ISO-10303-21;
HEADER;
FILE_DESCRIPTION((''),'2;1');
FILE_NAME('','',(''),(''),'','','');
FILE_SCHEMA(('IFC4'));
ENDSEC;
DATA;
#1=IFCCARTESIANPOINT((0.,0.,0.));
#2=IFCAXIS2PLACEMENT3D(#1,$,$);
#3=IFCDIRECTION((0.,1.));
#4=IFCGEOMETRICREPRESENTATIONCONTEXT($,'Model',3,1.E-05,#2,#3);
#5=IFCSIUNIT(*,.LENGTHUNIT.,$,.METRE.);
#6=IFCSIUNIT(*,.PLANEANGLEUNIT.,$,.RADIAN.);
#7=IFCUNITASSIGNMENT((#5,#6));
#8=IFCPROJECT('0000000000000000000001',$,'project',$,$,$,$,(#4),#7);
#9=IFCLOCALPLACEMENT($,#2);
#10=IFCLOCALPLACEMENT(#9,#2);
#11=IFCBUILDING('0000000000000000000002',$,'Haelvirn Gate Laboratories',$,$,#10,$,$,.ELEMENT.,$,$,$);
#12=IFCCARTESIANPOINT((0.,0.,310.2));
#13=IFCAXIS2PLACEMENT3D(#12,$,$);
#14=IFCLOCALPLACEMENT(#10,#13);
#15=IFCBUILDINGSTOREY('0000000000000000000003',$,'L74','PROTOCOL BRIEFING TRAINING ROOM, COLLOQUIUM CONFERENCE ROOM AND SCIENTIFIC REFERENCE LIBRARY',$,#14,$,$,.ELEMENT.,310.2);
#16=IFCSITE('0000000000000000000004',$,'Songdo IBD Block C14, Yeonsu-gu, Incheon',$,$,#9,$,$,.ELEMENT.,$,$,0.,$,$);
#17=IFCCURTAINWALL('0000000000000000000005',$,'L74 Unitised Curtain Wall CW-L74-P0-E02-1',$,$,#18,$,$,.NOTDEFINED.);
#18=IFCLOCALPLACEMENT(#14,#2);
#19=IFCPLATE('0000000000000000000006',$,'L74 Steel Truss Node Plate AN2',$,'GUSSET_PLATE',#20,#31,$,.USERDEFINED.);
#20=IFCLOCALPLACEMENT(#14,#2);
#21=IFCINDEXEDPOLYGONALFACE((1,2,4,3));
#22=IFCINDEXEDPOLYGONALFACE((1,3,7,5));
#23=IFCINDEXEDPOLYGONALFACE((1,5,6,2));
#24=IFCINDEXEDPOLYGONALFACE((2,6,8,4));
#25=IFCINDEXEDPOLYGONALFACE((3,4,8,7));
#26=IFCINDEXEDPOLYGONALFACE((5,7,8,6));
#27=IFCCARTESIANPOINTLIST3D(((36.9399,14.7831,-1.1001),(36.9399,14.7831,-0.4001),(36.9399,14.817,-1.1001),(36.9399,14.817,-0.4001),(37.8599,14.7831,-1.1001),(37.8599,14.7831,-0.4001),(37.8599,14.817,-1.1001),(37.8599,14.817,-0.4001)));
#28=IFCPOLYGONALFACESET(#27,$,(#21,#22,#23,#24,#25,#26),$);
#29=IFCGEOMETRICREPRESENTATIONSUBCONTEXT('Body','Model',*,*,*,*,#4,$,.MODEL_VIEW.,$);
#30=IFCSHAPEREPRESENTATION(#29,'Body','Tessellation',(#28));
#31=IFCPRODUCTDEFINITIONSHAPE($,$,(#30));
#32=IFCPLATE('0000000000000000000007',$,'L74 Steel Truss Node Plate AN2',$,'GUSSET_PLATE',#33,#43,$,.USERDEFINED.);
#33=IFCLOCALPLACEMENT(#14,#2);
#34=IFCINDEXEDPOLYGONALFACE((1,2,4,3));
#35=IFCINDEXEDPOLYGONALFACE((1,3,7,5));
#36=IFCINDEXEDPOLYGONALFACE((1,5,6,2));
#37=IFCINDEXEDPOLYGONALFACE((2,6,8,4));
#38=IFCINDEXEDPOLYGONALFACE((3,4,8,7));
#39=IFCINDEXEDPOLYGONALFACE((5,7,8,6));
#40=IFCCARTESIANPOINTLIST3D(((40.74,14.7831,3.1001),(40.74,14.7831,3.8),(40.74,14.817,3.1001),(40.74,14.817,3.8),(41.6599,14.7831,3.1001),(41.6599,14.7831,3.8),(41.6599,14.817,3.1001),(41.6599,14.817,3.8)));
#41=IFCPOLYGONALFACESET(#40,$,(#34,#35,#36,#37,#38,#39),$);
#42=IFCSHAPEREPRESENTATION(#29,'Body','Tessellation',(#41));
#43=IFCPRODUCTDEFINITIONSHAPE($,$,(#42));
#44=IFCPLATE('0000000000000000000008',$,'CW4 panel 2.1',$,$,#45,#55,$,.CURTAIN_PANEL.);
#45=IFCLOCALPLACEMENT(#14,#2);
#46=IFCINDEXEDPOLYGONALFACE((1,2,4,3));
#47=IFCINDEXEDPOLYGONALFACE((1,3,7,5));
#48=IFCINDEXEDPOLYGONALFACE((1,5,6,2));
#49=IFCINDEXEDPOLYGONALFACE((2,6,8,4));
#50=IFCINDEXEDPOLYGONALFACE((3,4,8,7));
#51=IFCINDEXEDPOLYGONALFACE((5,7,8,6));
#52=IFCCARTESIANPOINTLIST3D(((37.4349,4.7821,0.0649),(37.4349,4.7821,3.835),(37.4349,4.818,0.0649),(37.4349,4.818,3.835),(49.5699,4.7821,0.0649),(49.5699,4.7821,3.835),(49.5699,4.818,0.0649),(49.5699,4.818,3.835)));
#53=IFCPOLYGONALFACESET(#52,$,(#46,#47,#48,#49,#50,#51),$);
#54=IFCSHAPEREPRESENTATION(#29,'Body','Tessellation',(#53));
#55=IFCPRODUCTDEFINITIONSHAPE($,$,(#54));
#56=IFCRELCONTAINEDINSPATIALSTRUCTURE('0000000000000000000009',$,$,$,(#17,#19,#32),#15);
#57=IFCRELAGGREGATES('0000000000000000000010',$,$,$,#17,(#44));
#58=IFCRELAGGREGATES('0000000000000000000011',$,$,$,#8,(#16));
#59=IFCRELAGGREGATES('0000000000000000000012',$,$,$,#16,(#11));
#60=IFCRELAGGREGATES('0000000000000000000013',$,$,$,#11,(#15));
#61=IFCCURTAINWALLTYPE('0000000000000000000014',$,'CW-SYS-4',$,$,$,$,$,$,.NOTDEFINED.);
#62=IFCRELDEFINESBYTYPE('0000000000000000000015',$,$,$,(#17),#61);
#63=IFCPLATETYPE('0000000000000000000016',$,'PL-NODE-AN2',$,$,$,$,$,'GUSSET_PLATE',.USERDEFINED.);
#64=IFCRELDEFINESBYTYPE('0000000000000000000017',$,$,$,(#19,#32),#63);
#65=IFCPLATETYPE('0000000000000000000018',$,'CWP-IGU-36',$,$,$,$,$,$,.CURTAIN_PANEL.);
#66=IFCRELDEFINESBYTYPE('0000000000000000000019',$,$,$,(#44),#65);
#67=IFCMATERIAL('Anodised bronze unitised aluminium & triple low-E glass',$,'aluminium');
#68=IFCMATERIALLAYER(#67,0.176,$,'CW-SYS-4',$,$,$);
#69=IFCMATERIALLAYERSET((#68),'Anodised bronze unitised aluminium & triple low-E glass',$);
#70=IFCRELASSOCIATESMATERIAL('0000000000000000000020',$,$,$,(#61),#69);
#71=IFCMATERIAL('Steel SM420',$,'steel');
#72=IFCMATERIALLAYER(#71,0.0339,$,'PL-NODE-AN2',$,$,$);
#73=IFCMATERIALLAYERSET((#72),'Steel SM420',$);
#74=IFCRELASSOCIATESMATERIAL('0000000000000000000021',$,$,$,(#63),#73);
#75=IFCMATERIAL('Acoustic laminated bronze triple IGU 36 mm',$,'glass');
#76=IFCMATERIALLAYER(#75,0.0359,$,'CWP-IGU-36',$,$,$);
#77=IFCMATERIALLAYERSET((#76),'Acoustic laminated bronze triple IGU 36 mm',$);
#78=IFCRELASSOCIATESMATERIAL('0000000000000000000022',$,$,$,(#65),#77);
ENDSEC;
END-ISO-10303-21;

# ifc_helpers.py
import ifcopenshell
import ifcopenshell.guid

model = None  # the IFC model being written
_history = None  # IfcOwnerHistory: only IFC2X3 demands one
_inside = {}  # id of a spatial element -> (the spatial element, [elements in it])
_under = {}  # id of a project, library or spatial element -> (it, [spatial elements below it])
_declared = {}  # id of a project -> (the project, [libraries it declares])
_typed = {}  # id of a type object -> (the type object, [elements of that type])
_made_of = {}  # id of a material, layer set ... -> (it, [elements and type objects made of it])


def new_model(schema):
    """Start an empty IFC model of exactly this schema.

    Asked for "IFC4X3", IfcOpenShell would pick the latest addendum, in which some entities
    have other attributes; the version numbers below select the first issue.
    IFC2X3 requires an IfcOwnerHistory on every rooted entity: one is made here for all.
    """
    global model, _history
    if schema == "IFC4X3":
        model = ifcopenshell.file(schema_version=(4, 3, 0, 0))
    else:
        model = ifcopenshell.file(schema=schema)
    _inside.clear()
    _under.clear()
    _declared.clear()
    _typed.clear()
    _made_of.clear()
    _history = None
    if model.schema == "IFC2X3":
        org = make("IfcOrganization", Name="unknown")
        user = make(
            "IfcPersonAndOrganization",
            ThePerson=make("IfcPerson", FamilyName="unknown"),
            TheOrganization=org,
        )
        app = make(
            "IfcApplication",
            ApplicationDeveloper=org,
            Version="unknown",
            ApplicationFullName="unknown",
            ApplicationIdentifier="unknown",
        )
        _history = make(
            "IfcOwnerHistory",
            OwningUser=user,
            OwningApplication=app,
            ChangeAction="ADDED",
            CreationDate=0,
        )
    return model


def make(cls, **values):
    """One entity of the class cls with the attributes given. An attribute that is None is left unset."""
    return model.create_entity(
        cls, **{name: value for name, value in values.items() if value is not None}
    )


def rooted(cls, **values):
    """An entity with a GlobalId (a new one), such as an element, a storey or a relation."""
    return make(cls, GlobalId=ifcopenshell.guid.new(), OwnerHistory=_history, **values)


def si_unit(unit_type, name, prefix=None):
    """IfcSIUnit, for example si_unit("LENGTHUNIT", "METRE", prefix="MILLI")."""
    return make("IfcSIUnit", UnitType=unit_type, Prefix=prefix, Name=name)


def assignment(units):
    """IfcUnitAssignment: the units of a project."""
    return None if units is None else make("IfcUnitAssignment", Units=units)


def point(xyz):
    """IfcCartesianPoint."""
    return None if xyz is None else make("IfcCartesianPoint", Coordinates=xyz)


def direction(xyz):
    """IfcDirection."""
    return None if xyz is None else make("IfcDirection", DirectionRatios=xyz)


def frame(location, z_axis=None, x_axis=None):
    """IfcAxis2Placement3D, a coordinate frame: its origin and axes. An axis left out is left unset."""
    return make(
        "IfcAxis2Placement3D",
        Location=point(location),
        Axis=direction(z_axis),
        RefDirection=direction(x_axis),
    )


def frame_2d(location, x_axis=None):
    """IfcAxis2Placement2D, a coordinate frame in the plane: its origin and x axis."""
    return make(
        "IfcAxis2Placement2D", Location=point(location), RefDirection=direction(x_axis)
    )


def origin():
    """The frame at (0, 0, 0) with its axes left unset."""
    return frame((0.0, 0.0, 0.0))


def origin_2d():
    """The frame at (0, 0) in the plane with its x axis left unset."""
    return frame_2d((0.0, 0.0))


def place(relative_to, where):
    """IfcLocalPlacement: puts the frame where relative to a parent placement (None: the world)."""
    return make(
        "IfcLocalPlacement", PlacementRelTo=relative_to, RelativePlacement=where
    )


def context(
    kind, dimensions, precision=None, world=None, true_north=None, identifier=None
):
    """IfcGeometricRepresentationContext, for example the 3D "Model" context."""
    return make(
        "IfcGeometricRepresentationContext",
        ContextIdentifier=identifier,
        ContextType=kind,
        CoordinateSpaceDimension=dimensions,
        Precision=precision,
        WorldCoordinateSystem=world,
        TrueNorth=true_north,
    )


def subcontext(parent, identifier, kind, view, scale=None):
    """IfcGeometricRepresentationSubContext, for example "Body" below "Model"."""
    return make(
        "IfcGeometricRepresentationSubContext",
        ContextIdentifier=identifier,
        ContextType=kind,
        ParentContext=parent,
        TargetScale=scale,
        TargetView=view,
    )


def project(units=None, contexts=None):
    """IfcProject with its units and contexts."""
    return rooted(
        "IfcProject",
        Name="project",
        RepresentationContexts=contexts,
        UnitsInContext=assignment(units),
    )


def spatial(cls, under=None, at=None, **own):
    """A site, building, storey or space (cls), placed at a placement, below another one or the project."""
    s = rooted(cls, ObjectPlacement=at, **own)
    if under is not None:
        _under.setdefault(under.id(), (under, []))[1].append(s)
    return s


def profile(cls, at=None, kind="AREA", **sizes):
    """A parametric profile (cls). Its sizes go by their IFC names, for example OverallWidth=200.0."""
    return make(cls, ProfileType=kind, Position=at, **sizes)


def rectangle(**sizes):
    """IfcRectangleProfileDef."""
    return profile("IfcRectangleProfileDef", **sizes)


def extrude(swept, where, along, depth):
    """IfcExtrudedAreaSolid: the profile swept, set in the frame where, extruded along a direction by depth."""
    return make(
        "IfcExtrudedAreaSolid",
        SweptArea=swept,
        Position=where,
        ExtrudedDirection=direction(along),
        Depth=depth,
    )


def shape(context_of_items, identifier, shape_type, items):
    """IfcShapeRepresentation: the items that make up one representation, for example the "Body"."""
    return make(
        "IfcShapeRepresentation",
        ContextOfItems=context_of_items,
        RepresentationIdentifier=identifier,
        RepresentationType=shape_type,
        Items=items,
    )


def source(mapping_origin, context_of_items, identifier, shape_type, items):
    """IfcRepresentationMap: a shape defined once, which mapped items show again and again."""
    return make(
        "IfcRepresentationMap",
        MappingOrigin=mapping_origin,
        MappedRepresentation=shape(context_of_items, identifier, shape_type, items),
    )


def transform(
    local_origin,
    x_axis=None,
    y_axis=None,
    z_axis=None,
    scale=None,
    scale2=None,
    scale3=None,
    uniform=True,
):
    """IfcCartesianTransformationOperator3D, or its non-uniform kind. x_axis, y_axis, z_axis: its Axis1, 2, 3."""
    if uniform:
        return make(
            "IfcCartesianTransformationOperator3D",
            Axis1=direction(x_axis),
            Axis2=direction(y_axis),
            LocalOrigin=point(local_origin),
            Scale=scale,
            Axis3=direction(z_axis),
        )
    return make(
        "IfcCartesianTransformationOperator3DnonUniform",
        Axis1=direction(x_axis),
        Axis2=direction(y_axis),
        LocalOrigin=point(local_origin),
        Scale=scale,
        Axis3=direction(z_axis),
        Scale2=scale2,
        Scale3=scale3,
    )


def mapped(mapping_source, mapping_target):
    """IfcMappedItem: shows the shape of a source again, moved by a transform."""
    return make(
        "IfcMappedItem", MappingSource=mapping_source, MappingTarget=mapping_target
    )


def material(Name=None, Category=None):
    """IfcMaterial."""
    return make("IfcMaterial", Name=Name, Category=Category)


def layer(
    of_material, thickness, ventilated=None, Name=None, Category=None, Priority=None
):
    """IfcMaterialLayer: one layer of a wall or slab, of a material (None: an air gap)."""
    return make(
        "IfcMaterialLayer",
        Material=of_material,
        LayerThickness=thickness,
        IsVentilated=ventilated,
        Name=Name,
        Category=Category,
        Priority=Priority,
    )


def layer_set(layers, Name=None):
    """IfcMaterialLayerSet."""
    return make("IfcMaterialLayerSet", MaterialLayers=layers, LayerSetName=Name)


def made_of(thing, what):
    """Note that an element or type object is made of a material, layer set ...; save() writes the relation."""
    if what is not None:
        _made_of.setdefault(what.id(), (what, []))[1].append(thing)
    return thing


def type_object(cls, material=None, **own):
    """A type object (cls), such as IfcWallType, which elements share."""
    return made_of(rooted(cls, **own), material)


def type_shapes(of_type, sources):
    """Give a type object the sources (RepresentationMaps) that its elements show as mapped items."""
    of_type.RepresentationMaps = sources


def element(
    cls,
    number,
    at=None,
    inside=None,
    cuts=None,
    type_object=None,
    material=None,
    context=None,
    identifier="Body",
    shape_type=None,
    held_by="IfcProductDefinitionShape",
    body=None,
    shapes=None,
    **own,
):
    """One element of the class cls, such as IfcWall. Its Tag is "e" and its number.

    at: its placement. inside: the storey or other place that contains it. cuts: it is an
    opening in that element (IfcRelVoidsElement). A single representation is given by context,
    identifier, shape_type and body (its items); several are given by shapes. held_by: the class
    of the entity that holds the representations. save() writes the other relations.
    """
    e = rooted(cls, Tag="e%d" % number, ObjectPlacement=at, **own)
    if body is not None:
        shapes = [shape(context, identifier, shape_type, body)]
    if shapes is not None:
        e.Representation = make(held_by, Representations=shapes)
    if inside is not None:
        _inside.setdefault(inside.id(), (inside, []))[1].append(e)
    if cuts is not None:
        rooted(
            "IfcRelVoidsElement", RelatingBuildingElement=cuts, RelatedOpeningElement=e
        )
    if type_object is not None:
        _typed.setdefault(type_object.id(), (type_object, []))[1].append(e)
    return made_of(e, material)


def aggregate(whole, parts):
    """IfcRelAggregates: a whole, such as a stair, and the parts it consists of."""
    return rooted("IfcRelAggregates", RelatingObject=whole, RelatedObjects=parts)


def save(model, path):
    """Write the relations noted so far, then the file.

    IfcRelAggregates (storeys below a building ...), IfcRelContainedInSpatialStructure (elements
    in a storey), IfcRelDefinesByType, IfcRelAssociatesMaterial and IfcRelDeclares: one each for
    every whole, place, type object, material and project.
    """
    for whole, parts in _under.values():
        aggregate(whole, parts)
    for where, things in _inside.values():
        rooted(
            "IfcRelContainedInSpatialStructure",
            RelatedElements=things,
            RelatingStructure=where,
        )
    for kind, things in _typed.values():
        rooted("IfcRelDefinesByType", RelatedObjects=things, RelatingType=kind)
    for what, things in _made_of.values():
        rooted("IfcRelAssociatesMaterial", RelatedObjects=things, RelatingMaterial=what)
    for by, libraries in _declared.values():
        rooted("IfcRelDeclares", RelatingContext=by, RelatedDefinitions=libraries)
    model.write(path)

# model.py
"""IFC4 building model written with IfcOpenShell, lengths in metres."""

from ifc_helpers import new_model, si_unit, direction, frame, origin, origin_2d, place, context, subcontext, project, spatial, rectangle, extrude, source, transform, mapped, material, layer, layer_set, type_object, type_shapes, element, aggregate, save


model = new_model("IFC4")

# Units and contexts
model_context = context("Model", 3, precision=1e-05, world=origin(), true_north=direction((0.0, 1.0)))
body_context = subcontext(model_context, "Body", "Model", "MODEL_VIEW")
ifc_project = project(units=[si_unit("LENGTHUNIT", "METRE"), si_unit("PLANEANGLEUNIT", "RADIAN")], contexts=[model_context])

# Site, building, storey
site_placement = place(None, origin())
site = spatial("IfcSite", under=ifc_project, at=site_placement, Name="Songdo IBD Block C14, Yeonsu-gu, Incheon", CompositionType="ELEMENT", RefElevation=0.0)
building_placement = place(site_placement, origin())
building = spatial("IfcBuilding", under=site, at=building_placement, Name="Haelvirn Gate Laboratories", CompositionType="ELEMENT")
storey_placement = place(building_placement, frame((0.0, 0.0, 310.2)))
storey = spatial("IfcBuildingStorey", under=building, at=storey_placement, Name="L74", Description="PROTOCOL BRIEFING TRAINING ROOM, COLLOQUIUM CONFERENCE ROOM AND SCIENTIFIC REFERENCE LIBRARY", CompositionType="ELEMENT", Elevation=310.2)

# Shared definitions
ifc_material_1 = material(Name="Steel SM420", Category="steel")

# Curtain wall
ifc_material_2 = material(Name="Anodised bronze unitised aluminium & triple low-E glass", Category="aluminium")
ifc_layer_1 = layer(ifc_material_2, 0.176, Name="CW-SYS-4")
ifc_layer_set_1 = layer_set([ifc_layer_1], Name="Anodised bronze unitised aluminium & triple low-E glass")
curtain_wall_type = type_object("IfcCurtainWallType", Name="CW-SYS-4", PredefinedType="NOTDEFINED", material=ifc_layer_set_1)
curtain_wall_placement = place(storey_placement, origin())
curtain_wall = element("IfcCurtainWall", 1, at=curtain_wall_placement, inside=storey, type_object=curtain_wall_type, Name="L74 Unitised Curtain Wall CW-L74-P0-E02-1", PredefinedType="NOTDEFINED")

# Plates
ifc_layer_2 = layer(ifc_material_1, 0.0339, Name="PL-NODE-AN2")
ifc_layer_set_2 = layer_set([ifc_layer_2], Name="Steel SM420")
plate_type_1 = type_object("IfcPlateType", Name="PL-NODE-AN2", ElementType="GUSSET_PLATE", PredefinedType="USERDEFINED", material=ifc_layer_set_2)
shared_shape_1 = source(origin(), body_context, "Body", "SweptSolid", [
    extrude(rectangle(XDim=0.9199, YDim=0.0339, at=origin_2d()), origin(), (0.0, 0.0, 1.0), 0.7),
])
type_shapes(plate_type_1, [shared_shape_1])
for number, where, z_axis, x_axis, name in (
    (2, (37.3999, 14.8, -1.1001), (0.0, 0.0, 1.0), (1.0, 0.0, 0.0), "L74 Steel Truss Node Plate AN2"),
    (3, (41.2, 14.8, 3.1001), (0.0, 0.0, 1.0), (1.0, 0.0, 0.0), "L74 Steel Truss Node Plate AN2"),
):
    element("IfcPlate", number, at=place(storey_placement, frame(where, z_axis=z_axis, x_axis=x_axis)), inside=storey, type_object=plate_type_1, Name=name, ObjectType="GUSSET_PLATE", PredefinedType="USERDEFINED", context=body_context, shape_type="MappedRepresentation", body=[
        mapped(shared_shape_1, transform((0.0, 0.0, 0.0), scale=1.0)),
    ])

# Plate
ifc_material_3 = material(Name="Acoustic laminated bronze triple IGU 36 mm", Category="glass")
ifc_layer_3 = layer(ifc_material_3, 0.0359, Name="CWP-IGU-36")
ifc_layer_set_3 = layer_set([ifc_layer_3], Name="Acoustic laminated bronze triple IGU 36 mm")
plate_type_2 = type_object("IfcPlateType", Name="CWP-IGU-36", PredefinedType="CURTAIN_PANEL", material=ifc_layer_set_3)
shared_shape_2 = source(origin(), body_context, "Body", "SweptSolid", [
    extrude(rectangle(XDim=12.135, YDim=0.0359, at=origin_2d()), origin(), (0.0, 0.0, 1.0), 3.77),
])
type_shapes(plate_type_2, [shared_shape_2])
plate_placement = place(storey_placement, frame((43.5024, 4.8, 0.0649), z_axis=(0.0, 0.0, 1.0), x_axis=(1.0, 0.0, 0.0)))
plate = element("IfcPlate", 4, at=plate_placement, type_object=plate_type_2, Name="CW4 panel 2.1", PredefinedType="CURTAIN_PANEL", context=body_context, shape_type="MappedRepresentation", body=[
    mapped(shared_shape_2, transform((0.0, 0.0, 0.0), scale=1.0)),
])
aggregate(curtain_wall, [plate])

save(model, "model.ifc")
